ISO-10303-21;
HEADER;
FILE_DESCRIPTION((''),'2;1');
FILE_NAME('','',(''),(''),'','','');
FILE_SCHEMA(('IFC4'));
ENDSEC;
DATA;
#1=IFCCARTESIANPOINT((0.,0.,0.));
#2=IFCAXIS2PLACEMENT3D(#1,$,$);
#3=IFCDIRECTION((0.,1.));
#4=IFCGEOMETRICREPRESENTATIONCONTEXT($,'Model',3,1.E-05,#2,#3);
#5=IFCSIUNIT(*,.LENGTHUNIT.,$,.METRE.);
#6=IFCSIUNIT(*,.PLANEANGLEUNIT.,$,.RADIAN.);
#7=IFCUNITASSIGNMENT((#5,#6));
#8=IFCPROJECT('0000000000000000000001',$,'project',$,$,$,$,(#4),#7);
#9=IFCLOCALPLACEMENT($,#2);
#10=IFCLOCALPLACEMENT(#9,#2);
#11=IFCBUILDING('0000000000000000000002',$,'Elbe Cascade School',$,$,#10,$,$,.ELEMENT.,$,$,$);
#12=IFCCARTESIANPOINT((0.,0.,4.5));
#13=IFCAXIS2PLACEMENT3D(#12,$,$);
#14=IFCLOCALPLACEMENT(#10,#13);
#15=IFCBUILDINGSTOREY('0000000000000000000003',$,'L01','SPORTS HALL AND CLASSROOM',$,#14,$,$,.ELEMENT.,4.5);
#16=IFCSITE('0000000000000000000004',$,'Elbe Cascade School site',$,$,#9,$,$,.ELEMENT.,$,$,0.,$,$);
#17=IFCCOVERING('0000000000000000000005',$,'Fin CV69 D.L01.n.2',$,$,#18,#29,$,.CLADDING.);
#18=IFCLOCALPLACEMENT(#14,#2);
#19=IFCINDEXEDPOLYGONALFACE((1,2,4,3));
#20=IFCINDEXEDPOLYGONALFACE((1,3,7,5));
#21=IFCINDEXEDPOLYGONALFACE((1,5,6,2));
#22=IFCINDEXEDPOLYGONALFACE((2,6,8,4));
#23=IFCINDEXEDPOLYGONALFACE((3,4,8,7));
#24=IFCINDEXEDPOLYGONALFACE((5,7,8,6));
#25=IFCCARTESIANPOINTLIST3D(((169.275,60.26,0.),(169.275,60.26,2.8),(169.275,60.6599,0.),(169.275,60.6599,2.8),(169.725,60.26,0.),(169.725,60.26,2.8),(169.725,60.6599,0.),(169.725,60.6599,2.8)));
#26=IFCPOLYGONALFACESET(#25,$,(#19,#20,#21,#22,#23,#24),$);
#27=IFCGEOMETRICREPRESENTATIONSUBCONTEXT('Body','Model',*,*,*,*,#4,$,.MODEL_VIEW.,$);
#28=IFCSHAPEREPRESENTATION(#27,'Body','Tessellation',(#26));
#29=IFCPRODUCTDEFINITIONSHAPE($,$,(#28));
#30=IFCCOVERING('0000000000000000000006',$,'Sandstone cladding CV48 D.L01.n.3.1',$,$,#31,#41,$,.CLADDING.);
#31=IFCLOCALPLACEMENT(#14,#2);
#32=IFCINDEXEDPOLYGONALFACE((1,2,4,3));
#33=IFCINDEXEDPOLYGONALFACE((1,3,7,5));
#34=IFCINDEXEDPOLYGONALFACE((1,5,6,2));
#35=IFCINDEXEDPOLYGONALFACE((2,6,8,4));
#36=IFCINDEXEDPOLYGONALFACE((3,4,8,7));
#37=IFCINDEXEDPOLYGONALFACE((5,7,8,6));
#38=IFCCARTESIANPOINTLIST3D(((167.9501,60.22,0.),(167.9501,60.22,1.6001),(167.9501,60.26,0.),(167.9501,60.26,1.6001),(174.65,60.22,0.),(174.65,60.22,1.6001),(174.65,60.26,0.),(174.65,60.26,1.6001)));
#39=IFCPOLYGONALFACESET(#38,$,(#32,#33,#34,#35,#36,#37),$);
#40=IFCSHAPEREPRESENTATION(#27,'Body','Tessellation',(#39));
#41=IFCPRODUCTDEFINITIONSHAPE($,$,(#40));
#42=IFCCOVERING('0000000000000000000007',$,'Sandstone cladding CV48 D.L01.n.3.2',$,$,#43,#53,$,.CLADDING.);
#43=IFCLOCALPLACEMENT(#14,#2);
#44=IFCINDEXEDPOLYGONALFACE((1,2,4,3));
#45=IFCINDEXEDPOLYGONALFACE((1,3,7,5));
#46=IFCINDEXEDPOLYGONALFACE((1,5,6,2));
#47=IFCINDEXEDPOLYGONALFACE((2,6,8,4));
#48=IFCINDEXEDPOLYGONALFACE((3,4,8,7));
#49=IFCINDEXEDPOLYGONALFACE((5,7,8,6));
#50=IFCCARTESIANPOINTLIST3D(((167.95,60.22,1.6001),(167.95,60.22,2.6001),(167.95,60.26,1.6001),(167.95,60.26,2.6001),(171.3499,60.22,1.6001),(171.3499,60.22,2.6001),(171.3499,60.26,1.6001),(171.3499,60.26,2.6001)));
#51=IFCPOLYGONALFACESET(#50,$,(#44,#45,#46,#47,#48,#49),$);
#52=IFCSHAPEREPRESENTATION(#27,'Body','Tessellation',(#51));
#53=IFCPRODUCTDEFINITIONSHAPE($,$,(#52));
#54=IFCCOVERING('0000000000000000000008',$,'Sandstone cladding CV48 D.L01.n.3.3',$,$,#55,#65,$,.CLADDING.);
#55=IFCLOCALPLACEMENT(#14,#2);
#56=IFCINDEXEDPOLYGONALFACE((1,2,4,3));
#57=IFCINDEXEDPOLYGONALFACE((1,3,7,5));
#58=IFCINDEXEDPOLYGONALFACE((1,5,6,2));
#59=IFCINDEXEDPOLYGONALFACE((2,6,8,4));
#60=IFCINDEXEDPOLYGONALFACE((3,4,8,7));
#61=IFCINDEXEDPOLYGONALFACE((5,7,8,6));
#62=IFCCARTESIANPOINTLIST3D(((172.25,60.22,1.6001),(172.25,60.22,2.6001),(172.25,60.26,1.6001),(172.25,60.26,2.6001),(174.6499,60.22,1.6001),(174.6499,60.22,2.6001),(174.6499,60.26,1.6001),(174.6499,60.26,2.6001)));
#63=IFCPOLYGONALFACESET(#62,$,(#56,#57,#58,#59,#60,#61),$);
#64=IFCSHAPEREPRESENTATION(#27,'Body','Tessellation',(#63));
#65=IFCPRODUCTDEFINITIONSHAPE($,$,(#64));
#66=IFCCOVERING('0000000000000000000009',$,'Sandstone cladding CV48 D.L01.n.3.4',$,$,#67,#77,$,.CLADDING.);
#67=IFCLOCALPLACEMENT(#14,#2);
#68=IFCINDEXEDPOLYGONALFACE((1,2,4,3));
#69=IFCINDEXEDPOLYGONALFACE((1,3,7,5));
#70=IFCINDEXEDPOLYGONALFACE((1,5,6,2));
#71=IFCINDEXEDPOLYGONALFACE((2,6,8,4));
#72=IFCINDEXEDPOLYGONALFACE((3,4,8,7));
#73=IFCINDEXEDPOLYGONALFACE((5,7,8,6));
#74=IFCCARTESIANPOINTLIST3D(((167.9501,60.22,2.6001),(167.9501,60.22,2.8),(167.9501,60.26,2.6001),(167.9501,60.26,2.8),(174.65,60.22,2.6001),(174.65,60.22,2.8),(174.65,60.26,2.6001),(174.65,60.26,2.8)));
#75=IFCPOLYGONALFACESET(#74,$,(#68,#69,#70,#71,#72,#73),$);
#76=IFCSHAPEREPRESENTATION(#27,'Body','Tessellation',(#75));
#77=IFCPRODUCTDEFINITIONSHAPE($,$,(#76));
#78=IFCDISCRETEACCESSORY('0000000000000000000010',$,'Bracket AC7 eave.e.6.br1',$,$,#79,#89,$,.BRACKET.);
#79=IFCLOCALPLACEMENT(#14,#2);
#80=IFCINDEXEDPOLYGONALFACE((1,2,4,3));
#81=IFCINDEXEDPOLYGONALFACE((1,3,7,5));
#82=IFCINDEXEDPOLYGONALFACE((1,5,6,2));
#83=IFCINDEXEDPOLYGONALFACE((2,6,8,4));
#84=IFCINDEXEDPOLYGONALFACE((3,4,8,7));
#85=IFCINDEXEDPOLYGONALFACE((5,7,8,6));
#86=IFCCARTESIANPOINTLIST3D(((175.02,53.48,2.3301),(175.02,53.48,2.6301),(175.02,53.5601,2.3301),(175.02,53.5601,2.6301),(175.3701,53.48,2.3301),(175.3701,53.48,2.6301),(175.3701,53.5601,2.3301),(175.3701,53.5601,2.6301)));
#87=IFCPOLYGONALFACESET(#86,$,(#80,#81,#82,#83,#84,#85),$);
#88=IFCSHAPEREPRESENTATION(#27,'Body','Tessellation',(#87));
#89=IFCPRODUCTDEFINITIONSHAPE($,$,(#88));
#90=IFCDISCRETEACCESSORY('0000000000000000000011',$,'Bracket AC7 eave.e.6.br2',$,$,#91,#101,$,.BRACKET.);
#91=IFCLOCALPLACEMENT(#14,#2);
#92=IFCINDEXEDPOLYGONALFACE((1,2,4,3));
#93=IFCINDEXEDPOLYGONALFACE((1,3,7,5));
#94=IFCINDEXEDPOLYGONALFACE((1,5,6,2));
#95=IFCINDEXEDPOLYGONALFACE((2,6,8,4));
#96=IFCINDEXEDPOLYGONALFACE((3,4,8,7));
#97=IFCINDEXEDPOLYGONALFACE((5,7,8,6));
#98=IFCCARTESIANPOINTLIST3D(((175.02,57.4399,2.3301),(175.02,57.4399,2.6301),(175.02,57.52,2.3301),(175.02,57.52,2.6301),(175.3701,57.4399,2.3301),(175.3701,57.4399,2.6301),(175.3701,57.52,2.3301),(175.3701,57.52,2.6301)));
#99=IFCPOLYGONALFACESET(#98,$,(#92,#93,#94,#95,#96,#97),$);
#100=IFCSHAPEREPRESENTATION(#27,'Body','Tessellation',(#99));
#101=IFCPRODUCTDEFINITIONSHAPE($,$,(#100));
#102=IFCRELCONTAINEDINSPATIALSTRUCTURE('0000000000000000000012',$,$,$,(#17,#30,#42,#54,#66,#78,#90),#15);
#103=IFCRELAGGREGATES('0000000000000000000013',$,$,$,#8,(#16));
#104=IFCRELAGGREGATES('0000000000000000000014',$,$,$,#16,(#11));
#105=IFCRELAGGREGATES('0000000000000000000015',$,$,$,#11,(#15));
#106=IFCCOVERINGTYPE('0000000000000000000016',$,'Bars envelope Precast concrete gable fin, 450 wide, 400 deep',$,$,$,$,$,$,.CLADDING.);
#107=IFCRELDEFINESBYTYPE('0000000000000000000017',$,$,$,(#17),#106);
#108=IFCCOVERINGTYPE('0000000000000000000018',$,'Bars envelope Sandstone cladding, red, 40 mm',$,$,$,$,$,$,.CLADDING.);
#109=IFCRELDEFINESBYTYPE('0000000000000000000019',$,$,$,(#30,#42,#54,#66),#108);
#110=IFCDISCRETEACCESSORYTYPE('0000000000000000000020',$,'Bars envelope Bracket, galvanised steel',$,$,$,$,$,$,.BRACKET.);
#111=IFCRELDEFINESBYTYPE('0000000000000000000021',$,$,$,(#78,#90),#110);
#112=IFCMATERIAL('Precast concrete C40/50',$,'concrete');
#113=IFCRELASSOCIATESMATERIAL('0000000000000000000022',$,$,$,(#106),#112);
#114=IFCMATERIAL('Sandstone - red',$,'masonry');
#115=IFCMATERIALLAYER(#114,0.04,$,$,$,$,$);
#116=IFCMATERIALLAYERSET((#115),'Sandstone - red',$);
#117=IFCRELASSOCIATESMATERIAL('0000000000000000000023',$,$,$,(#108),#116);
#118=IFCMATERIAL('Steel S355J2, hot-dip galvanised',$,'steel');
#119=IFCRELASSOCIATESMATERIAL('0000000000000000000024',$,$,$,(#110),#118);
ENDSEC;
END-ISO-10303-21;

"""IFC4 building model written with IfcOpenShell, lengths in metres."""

from ifc_helpers import new_model, si_unit, direction, frame, origin, origin_2d, place, context, subcontext, project, spatial, rectangle, extrude, material, layer, layer_set, type_object, element, save


model = new_model("IFC4")

# Units and contexts
model_context = context("Model", 3, precision=1e-05, world=origin(), true_north=direction((0.0, 1.0)))
body_context = subcontext(model_context, "Body", "Model", "MODEL_VIEW")
ifc_project = project(units=[si_unit("LENGTHUNIT", "METRE"), si_unit("PLANEANGLEUNIT", "RADIAN")], contexts=[model_context])

# Site, building, storey
site_placement = place(None, origin())
site = spatial("IfcSite", under=ifc_project, at=site_placement, Name="Elbe Cascade School site", CompositionType="ELEMENT", RefElevation=0.0)
building_placement = place(site_placement, origin())
building = spatial("IfcBuilding", under=site, at=building_placement, Name="Elbe Cascade School", CompositionType="ELEMENT")
storey_placement = place(building_placement, frame((0.0, 0.0, 4.5)))
storey = spatial("IfcBuildingStorey", under=building, at=storey_placement, Name="L01", Description="SPORTS HALL AND CLASSROOM", CompositionType="ELEMENT", Elevation=4.5)

# Coverings
ifc_material_1 = material(Name="Precast concrete C40/50", Category="concrete")
covering_type_1 = type_object("IfcCoveringType", Name="Bars envelope Precast concrete gable fin, 450 wide, 400 deep", PredefinedType="CLADDING", material=ifc_material_1)
covering_1_placement = place(storey_placement, frame((169.5, 60.46, 0.0), z_axis=(0.0, 0.0, 1.0), x_axis=(1.0, 0.0, 0.0)))
element("IfcCovering", 1, at=covering_1_placement, inside=storey, type_object=covering_type_1, Name="Fin CV69 D.L01.n.2", PredefinedType="CLADDING", context=body_context, shape_type="SweptSolid", body=[
    extrude(rectangle(XDim=0.45, YDim=0.3999, at=origin_2d()), origin(), (0.0, 0.0, 1.0), 2.8),
])
ifc_material_2 = material(Name="Sandstone - red", Category="masonry")
ifc_layer_1 = layer(ifc_material_2, 0.04)
ifc_layer_set_1 = layer_set([ifc_layer_1], Name="Sandstone - red")
covering_type_2 = type_object("IfcCoveringType", Name="Bars envelope Sandstone cladding, red, 40 mm", PredefinedType="CLADDING", material=ifc_layer_set_1)
covering_2_placement = place(storey_placement, frame((171.3, 60.24, 0.0), z_axis=(0.0, 0.0, 1.0), x_axis=(1.0, 0.0, 0.0)))
element("IfcCovering", 2, at=covering_2_placement, inside=storey, type_object=covering_type_2, Name="Sandstone cladding CV48 D.L01.n.3.1", PredefinedType="CLADDING", context=body_context, shape_type="SweptSolid", body=[
    extrude(rectangle(XDim=6.7, YDim=0.04, at=origin_2d()), origin(), (0.0, 0.0, 1.0), 1.6001),
])
covering_3_placement = place(storey_placement, frame((169.6499, 60.24, 1.6001), z_axis=(0.0, 0.0, 1.0), x_axis=(1.0, 0.0, 0.0)))
element("IfcCovering", 3, at=covering_3_placement, inside=storey, type_object=covering_type_2, Name="Sandstone cladding CV48 D.L01.n.3.2", PredefinedType="CLADDING", context=body_context, shape_type="SweptSolid", body=[
    extrude(rectangle(XDim=3.3999, YDim=0.04, at=origin_2d()), origin(), (0.0, 0.0, 1.0), 1.0),
])
covering_4_placement = place(storey_placement, frame((173.45, 60.24, 1.6001), z_axis=(0.0, 0.0, 1.0), x_axis=(1.0, 0.0, 0.0)))
element("IfcCovering", 4, at=covering_4_placement, inside=storey, type_object=covering_type_2, Name="Sandstone cladding CV48 D.L01.n.3.3", PredefinedType="CLADDING", context=body_context, shape_type="SweptSolid", body=[
    extrude(rectangle(XDim=2.3999, YDim=0.04, at=origin_2d()), origin(), (0.0, 0.0, 1.0), 1.0),
])
covering_5_placement = place(storey_placement, frame((171.3, 60.24, 2.6001), z_axis=(0.0, 0.0, 1.0), x_axis=(1.0, 0.0, 0.0)))
element("IfcCovering", 5, at=covering_5_placement, inside=storey, type_object=covering_type_2, Name="Sandstone cladding CV48 D.L01.n.3.4", PredefinedType="CLADDING", context=body_context, shape_type="SweptSolid", body=[
    extrude(rectangle(XDim=6.7, YDim=0.04, at=origin_2d()), origin(), (0.0, 0.0, 1.0), 0.2),
])

# Discrete accessories
ifc_material_3 = material(Name="Steel S355J2, hot-dip galvanised", Category="steel")
discrete_accessory_type = type_object("IfcDiscreteAccessoryType", Name="Bars envelope Bracket, galvanised steel", PredefinedType="BRACKET", material=ifc_material_3)
for number, where, z_axis, x_axis, name in (
    (6, (175.1951, 53.52, 2.3301), (0.0, 0.0, 1.0), (0.0, 1.0, 0.0), "Bracket AC7 eave.e.6.br1"),
    (7, (175.1951, 57.48, 2.3301), (0.0, 0.0, 1.0), (0.0, 1.0, 0.0), "Bracket AC7 eave.e.6.br2"),
):
    element("IfcDiscreteAccessory", number, at=place(storey_placement, frame(where, z_axis=z_axis, x_axis=x_axis)), inside=storey, type_object=discrete_accessory_type, Name=name, PredefinedType="BRACKET", context=body_context, shape_type="SweptSolid", body=[
        extrude(rectangle(XDim=0.0801, YDim=0.3501, at=origin_2d()), origin(), (0.0, 0.0, 1.0), 0.3),
    ])

save(model, "model.ifc")
